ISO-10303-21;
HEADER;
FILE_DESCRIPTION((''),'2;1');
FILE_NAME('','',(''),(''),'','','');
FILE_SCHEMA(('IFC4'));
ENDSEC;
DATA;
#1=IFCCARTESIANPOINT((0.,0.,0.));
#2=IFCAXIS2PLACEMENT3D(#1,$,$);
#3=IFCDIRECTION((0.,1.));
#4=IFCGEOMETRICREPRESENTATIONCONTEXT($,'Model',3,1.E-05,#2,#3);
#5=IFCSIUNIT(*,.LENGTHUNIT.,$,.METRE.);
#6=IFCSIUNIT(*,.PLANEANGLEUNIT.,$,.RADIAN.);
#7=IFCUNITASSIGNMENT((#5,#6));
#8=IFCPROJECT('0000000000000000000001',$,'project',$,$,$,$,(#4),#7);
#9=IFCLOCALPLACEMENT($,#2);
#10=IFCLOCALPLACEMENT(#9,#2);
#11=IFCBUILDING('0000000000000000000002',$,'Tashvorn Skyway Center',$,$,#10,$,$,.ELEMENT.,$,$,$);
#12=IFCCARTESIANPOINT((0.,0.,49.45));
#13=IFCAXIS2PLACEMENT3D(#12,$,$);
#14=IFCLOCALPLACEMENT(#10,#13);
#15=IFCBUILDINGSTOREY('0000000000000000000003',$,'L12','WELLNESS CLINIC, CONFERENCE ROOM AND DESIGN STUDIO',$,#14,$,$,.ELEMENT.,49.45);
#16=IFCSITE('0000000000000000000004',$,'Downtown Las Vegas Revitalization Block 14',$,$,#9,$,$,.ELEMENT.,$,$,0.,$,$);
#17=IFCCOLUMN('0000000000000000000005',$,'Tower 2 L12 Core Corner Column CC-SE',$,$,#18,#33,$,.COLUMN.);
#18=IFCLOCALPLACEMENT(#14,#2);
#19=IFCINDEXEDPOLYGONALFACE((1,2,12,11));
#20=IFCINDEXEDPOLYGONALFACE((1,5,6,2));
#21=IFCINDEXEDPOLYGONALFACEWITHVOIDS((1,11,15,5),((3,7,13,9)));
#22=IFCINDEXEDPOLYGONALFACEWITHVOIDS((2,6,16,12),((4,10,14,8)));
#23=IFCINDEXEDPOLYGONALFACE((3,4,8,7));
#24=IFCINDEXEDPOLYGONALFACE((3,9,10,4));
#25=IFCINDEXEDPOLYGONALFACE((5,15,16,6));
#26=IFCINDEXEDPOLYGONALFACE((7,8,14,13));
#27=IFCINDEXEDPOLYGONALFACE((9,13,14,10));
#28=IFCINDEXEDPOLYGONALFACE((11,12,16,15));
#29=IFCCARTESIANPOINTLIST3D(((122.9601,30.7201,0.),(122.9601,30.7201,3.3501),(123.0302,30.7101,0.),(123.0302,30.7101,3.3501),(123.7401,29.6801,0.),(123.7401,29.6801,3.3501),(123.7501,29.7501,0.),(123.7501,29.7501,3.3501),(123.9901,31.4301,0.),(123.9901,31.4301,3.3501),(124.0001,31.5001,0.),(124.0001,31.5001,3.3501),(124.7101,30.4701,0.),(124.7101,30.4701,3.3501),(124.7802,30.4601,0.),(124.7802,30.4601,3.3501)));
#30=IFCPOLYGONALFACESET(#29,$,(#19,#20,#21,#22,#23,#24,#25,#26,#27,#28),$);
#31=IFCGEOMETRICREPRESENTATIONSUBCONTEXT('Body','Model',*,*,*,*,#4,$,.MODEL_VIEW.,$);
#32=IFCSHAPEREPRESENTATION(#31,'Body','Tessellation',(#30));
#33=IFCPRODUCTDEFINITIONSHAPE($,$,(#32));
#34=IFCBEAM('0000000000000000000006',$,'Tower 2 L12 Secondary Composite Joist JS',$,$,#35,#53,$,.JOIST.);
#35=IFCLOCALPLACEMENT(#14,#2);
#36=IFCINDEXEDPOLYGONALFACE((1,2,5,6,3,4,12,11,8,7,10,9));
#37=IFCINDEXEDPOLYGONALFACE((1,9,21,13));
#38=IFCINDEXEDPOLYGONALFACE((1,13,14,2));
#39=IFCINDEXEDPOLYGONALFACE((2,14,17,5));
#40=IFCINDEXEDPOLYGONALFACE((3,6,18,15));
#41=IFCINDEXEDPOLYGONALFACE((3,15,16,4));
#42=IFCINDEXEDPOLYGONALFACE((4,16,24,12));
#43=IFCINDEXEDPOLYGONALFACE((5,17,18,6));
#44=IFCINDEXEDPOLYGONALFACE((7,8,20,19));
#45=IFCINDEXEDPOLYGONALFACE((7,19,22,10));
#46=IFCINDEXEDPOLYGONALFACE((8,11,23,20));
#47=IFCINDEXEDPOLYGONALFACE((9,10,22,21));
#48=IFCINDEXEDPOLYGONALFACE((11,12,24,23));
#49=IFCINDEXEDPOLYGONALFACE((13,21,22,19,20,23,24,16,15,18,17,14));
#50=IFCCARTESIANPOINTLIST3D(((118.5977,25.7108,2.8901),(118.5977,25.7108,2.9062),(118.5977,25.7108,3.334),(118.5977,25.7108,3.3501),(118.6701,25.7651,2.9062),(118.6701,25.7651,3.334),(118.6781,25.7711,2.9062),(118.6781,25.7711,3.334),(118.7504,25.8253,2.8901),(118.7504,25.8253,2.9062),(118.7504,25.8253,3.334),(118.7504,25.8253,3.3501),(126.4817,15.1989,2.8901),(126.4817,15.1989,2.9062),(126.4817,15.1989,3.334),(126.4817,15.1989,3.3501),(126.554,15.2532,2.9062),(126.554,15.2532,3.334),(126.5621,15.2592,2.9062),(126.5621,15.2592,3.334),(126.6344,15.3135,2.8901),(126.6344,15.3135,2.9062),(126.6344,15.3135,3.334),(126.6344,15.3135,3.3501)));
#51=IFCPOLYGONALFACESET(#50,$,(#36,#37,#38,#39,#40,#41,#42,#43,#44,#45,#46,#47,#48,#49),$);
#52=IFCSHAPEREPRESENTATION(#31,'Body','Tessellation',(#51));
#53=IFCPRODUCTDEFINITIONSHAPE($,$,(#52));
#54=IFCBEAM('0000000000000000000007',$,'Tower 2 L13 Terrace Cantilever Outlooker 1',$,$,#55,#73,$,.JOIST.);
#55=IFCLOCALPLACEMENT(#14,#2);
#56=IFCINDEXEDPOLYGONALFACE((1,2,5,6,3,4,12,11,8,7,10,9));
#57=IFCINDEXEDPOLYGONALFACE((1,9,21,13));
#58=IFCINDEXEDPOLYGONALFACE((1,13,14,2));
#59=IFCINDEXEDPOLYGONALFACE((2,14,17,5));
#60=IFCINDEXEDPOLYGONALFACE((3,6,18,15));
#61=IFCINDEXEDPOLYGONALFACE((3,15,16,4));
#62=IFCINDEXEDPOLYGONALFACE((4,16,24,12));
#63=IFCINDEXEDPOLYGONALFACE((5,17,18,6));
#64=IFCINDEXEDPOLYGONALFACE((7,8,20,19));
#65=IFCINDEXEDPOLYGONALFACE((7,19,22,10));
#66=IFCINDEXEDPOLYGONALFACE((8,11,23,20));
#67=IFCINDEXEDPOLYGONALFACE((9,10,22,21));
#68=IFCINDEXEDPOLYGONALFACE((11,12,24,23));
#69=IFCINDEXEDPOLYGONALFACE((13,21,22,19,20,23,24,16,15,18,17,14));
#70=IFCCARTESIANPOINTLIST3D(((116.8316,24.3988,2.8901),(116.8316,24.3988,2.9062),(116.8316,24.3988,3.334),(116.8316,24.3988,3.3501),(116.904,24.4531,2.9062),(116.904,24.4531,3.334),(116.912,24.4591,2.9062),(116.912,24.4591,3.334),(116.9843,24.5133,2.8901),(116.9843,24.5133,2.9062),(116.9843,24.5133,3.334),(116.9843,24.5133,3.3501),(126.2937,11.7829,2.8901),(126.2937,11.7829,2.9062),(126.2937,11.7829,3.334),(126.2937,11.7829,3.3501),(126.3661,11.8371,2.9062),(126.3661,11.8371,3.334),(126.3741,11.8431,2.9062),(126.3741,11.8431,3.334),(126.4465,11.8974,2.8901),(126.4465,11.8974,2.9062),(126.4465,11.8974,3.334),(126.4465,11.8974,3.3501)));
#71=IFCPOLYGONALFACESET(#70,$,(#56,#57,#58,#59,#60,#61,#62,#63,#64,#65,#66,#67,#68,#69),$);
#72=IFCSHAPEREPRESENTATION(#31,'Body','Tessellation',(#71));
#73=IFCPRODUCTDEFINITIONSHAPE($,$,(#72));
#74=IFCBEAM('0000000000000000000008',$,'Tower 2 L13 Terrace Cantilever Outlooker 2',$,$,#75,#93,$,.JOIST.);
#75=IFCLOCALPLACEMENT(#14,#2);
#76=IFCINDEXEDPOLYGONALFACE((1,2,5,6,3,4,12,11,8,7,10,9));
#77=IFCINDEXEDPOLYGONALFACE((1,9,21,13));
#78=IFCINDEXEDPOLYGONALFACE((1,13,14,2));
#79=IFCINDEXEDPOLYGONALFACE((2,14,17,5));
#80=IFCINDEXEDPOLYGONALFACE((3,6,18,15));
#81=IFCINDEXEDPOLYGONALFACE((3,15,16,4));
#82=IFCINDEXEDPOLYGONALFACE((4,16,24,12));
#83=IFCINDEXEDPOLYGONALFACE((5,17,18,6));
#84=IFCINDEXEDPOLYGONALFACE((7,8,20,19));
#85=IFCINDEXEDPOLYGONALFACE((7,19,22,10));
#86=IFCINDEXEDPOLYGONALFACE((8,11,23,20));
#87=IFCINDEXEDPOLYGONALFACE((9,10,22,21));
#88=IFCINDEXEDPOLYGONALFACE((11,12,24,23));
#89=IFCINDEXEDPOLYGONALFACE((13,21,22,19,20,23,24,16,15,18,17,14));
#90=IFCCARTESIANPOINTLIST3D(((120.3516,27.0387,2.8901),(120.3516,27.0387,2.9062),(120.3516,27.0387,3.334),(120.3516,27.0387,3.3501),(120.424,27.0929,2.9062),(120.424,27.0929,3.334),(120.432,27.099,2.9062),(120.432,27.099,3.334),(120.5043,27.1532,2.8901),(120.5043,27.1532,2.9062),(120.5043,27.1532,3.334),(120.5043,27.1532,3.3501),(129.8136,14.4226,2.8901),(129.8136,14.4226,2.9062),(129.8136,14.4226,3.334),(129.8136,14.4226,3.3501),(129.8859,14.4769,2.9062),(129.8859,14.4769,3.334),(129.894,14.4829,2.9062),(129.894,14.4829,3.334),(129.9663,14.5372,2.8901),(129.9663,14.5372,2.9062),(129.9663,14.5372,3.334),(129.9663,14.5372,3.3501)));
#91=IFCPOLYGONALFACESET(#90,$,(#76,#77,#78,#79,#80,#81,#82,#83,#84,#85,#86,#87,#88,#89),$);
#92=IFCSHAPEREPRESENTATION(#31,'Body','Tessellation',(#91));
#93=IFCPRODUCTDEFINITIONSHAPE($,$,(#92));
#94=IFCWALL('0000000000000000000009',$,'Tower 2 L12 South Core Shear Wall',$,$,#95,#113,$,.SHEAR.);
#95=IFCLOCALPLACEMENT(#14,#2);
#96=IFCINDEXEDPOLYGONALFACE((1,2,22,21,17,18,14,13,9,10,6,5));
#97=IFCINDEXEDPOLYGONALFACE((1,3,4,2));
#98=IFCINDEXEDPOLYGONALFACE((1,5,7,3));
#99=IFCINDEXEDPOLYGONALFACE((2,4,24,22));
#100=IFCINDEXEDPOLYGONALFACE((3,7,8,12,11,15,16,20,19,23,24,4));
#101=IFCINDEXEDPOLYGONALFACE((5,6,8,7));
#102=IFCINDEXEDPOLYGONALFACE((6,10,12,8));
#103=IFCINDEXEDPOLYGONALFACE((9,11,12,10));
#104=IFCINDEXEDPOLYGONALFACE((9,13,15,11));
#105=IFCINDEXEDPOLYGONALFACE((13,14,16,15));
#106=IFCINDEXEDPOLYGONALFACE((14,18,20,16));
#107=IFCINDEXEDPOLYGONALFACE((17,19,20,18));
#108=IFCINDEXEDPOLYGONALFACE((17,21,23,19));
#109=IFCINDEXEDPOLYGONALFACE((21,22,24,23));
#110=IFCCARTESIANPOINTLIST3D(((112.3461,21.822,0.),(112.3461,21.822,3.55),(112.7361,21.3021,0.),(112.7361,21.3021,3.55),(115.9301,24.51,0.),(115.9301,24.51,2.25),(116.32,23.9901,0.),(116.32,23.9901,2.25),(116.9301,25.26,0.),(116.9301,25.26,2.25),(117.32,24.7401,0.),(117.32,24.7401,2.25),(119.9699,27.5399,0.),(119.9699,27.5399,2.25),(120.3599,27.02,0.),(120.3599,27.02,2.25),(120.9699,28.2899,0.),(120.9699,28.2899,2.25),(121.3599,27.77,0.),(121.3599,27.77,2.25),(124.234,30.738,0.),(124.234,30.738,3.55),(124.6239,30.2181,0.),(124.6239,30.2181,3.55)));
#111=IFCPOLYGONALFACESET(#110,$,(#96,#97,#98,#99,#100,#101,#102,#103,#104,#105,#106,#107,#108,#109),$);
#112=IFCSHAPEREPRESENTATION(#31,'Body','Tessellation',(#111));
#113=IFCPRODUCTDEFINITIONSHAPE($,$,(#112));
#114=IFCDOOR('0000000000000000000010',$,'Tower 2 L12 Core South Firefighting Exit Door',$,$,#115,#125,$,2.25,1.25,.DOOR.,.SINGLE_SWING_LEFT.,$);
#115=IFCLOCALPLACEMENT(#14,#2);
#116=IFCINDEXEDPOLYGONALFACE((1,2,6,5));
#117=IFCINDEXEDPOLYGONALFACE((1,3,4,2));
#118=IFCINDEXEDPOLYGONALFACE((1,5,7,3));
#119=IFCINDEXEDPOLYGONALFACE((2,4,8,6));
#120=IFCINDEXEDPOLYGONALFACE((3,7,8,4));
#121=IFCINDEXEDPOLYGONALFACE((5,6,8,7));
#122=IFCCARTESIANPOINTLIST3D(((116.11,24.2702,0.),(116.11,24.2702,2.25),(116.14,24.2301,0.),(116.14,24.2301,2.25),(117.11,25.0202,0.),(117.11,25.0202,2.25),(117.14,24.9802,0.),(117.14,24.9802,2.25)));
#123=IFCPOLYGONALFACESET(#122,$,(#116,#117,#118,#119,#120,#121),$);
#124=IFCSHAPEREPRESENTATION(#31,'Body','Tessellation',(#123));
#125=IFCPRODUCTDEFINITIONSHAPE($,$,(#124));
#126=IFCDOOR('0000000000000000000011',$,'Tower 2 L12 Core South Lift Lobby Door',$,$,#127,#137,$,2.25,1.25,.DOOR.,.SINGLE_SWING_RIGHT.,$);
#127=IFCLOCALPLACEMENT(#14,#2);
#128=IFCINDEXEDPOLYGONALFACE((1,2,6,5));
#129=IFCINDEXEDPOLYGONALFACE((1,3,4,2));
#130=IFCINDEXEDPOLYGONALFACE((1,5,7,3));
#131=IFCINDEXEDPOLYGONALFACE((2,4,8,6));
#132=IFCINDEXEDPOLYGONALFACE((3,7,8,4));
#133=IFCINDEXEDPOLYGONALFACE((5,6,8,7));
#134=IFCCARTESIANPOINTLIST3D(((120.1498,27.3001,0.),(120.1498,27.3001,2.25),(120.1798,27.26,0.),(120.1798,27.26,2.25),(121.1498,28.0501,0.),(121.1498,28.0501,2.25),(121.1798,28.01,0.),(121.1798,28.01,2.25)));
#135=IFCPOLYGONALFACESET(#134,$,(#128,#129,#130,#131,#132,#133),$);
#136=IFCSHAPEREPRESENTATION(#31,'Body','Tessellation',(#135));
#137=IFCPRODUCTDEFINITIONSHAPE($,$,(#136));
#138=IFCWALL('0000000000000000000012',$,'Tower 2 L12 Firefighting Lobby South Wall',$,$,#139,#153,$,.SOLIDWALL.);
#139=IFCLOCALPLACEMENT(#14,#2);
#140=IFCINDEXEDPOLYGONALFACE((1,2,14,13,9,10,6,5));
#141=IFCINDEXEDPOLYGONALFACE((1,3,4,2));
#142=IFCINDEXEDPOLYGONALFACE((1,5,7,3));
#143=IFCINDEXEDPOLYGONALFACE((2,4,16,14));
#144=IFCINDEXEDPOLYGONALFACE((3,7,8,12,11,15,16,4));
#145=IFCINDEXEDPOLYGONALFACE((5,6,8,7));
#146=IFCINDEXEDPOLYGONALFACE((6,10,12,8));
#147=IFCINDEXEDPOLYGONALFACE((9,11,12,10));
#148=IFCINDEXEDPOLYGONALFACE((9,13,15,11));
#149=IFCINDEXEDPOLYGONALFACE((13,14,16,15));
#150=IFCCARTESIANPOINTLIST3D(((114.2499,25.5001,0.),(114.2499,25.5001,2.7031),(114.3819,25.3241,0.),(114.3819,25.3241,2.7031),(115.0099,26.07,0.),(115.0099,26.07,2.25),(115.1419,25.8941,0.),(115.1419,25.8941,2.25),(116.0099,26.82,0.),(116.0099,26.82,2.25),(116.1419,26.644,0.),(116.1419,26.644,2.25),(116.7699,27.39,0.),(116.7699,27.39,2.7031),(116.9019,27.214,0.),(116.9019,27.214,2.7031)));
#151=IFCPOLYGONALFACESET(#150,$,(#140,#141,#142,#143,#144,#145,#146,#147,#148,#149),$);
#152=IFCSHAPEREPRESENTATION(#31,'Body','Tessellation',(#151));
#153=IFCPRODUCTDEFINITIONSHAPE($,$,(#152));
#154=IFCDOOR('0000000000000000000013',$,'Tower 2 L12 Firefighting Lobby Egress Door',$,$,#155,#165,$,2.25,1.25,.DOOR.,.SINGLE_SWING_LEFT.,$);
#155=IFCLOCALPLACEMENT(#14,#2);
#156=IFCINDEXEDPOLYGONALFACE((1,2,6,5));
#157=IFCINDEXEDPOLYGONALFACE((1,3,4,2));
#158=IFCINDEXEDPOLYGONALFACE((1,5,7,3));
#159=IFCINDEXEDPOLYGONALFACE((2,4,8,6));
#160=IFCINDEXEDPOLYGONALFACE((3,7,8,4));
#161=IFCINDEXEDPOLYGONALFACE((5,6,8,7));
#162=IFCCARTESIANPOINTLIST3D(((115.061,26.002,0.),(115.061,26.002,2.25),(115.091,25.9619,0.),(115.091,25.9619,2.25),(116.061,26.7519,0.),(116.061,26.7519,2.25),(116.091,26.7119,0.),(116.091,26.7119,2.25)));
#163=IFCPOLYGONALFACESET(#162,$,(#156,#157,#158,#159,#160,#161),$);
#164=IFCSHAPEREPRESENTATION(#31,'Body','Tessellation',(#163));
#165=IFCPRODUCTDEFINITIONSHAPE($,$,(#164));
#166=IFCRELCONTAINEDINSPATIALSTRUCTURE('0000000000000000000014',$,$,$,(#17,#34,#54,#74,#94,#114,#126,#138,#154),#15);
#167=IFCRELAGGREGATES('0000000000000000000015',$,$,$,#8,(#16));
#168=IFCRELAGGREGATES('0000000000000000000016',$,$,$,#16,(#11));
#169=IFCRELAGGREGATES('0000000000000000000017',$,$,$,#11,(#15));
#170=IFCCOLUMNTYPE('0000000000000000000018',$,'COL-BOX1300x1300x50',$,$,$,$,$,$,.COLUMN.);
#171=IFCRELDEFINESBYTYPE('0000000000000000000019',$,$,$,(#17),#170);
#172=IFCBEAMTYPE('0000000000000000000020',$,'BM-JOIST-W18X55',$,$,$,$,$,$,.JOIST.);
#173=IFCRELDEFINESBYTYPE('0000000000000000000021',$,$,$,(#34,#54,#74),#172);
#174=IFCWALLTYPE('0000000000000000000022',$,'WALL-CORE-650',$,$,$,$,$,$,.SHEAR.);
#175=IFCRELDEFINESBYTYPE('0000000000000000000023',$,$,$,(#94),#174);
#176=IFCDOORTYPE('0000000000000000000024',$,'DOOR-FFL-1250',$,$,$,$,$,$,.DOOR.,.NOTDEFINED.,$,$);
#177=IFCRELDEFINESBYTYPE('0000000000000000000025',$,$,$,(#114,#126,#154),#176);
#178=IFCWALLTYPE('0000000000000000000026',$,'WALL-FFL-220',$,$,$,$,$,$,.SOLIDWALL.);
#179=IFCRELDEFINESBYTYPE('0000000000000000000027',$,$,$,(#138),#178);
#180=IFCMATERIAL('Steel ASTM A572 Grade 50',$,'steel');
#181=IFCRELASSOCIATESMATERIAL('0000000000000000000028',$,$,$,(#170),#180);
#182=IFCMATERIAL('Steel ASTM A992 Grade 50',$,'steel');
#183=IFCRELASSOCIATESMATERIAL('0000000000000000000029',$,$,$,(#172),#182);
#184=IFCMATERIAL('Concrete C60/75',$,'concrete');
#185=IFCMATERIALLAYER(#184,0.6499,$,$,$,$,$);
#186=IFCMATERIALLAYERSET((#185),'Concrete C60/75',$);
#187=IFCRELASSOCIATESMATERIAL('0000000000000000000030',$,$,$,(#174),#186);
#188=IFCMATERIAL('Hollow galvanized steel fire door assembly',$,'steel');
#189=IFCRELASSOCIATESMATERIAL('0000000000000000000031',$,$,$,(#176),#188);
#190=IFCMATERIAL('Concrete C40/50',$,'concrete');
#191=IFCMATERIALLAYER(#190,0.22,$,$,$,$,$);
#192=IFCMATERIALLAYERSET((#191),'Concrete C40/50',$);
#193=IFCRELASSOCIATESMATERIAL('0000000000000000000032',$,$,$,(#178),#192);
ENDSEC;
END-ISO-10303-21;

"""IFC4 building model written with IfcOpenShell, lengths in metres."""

from ifc_helpers import new_model, si_unit, direction, frame, frame_2d, origin, origin_2d, place, context, subcontext, project, spatial, rectangle, hollow_rectangle, i_section, extrude, material, layer, layer_set, material_profile, profile_set, type_object, element, fill, save


model = new_model("IFC4")

# Units and contexts
model_context = context("Model", 3, precision=1e-05, world=origin(), true_north=direction((0.0, 1.0)))
body_context = subcontext(model_context, "Body", "Model", "MODEL_VIEW")
ifc_project = project(units=[si_unit("LENGTHUNIT", "METRE"), si_unit("PLANEANGLEUNIT", "RADIAN")], contexts=[model_context])

# Site, building, storey
site_placement = place(None, origin())
site = spatial("IfcSite", under=ifc_project, at=site_placement, Name="Downtown Las Vegas Revitalization Block 14", CompositionType="ELEMENT", RefElevation=0.0)
building_placement = place(site_placement, origin())
building = spatial("IfcBuilding", under=site, at=building_placement, Name="Tashvorn Skyway Center", CompositionType="ELEMENT")
storey_placement = place(building_placement, frame((0.0, 0.0, 49.45)))
storey = spatial("IfcBuildingStorey", under=building, at=storey_placement, Name="L12", Description="WELLNESS CLINIC, CONFERENCE ROOM AND DESIGN STUDIO", CompositionType="ELEMENT", Elevation=49.45)

# Column
ifc_material_1 = material(Name="Steel ASTM A572 Grade 50", Category="steel")
ifc_material_profile_1 = material_profile(ifc_material_1, hollow_rectangle(XDim=1.3, YDim=1.3, WallThickness=0.05, at=origin_2d()), Name="BOX1300x1300x50")
ifc_profile_set_1 = profile_set([ifc_material_profile_1], Name="Steel ASTM A572 Grade 50")
column_type = type_object("IfcColumnType", Name="COL-BOX1300x1300x50", PredefinedType="COLUMN", material=ifc_profile_set_1)
column_placement = place(storey_placement, frame((123.8701, 30.5901, 0.0), z_axis=(0.0, 0.0, 1.0), x_axis=(0.8, 0.6, 0.0)))
element("IfcColumn", 1, at=column_placement, inside=storey, type_object=column_type, Name="Tower 2 L12 Core Corner Column CC-SE", PredefinedType="COLUMN", context=body_context, shape_type="SweptSolid", body=[
    extrude(hollow_rectangle(XDim=1.3, YDim=1.3, WallThickness=0.05, at=origin_2d()), origin(), (0.0, 0.0, 1.0), 3.3501),
])

# Beams
ifc_material_2 = material(Name="Steel ASTM A992 Grade 50", Category="steel")
ifc_material_profile_2 = material_profile(ifc_material_2, i_section(OverallWidth=0.1909, OverallDepth=0.46, WebThickness=0.01, FlangeThickness=0.0161, at=origin_2d()), Name="W18X55")
ifc_profile_set_2 = profile_set([ifc_material_profile_2], Name="Steel ASTM A992 Grade 50")
beam_type = type_object("IfcBeamType", Name="BM-JOIST-W18X55", PredefinedType="JOIST", material=ifc_profile_set_2)
beam_placement = place(storey_placement, frame((118.6741, 25.7681, 3.1201), z_axis=(0.600003, -0.799998, 0.0), x_axis=(0.799998, 0.600003, 0.0)))
element("IfcBeam", 2, at=beam_placement, inside=storey, type_object=beam_type, Name="Tower 2 L12 Secondary Composite Joist JS", PredefinedType="JOIST", context=body_context, shape_type="SweptSolid", body=[
    extrude(i_section(OverallWidth=0.1909, OverallDepth=0.46, WebThickness=0.01, FlangeThickness=0.0161, at=origin_2d()), origin(), (0.0, 0.0, 1.0), 13.1399),
])
for number, where, z_axis, x_axis, name in (
    (3, (116.908, 24.4561, 3.1201), (0.600007, -0.799994, 0.0), (0.799994, 0.600007, 0.0), "Tower 2 L13 Terrace Cantilever Outlooker 1"),
    (4, (120.428, 27.0959, 3.1201), (0.599998, -0.800002, 0.0), (0.800002, 0.599998, 0.0), "Tower 2 L13 Terrace Cantilever Outlooker 2"),
):
    element("IfcBeam", number, at=place(storey_placement, frame(where, z_axis=z_axis, x_axis=x_axis)), inside=storey, type_object=beam_type, Name=name, PredefinedType="JOIST", context=body_context, shape_type="SweptSolid", body=[
        extrude(i_section(OverallWidth=0.1909, OverallDepth=0.46, WebThickness=0.01, FlangeThickness=0.0161, at=origin_2d()), origin(), (0.0, 0.0, 1.0), 15.77),
    ])

# Wall, openings, doors
ifc_material_3 = material(Name="Concrete C60/75", Category="concrete")
ifc_layer_1 = layer(ifc_material_3, 0.6499)
ifc_layer_set_1 = layer_set([ifc_layer_1], Name="Concrete C60/75")
wall_type_1 = type_object("IfcWallType", Name="WALL-CORE-650", PredefinedType="SHEAR", material=ifc_layer_set_1)
wall_1_placement = place(storey_placement, frame((124.429, 30.478, 0.0), z_axis=(0.0, 0.0, 1.0), x_axis=(-0.799998, -0.600003, 0.0)))
wall_1 = element("IfcWall", 5, at=wall_1_placement, inside=storey, type_object=wall_type_1, Name="Tower 2 L12 South Core Shear Wall", PredefinedType="SHEAR", context=body_context, shape_type="SweptSolid", body=[
    extrude(rectangle(XDim=14.8599, YDim=0.6499, at=frame_2d((7.4299, 0.0))), origin(), (0.0, 0.0, 1.0), 3.55),
])
opening_1_placement = place(wall_1_placement, frame((9.1299, 0.0, 0.0)))
opening_1 = element("IfcOpeningElement", 6, at=opening_1_placement, cuts=wall_1, PredefinedType="OPENING", context=body_context, shape_type="SweptSolid", body=[
    extrude(rectangle(XDim=1.25, YDim=2.25, at=frame_2d((0.625, 1.125))), frame((0.0, 0.335, 0.0), z_axis=(0.0, -1.0, 0.0), x_axis=(1.0, 0.0, 0.0)), (0.0, 0.0, 1.0), 0.6699),
])
opening_2_placement = place(wall_1_placement, frame((4.0801, 0.0, 0.0)))
opening_2 = element("IfcOpeningElement", 7, at=opening_2_placement, cuts=wall_1, PredefinedType="OPENING", context=body_context, shape_type="SweptSolid", body=[
    extrude(rectangle(XDim=1.25, YDim=2.25, at=frame_2d((0.625, 1.125))), frame((0.0, 0.335, 0.0), z_axis=(0.0, -1.0, 0.0), x_axis=(1.0, 0.0, 0.0)), (0.0, 0.0, 1.0), 0.6699),
])
ifc_material_4 = material(Name="Hollow galvanized steel fire door assembly", Category="steel")
door_type_1 = type_object("IfcDoorType", Name="DOOR-FFL-1250", OperationType="NOTDEFINED", PredefinedType="DOOR", material=ifc_material_4)
door_1_placement = place(opening_1_placement, origin())
door_1 = element("IfcDoor", 8, at=door_1_placement, inside=storey, type_object=door_type_1, Name="Tower 2 L12 Core South Firefighting Exit Door", OperationType="SINGLE_SWING_LEFT", OverallHeight=2.25, OverallWidth=1.25, PredefinedType="DOOR", context=body_context, shape_type="SweptSolid", body=[
    extrude(rectangle(XDim=1.25, YDim=2.25, at=frame_2d((0.625, 1.125))), frame((0.0, 0.0249, 0.0), z_axis=(0.0, -1.0, 0.0), x_axis=(1.0, 0.0, 0.0)), (0.0, 0.0, 1.0), 0.05),
])
fill(opening_1, door_1)
door_2_placement = place(opening_2_placement, origin())
door_2 = element("IfcDoor", 9, at=door_2_placement, inside=storey, type_object=door_type_1, Name="Tower 2 L12 Core South Lift Lobby Door", OperationType="SINGLE_SWING_RIGHT", OverallHeight=2.25, OverallWidth=1.25, PredefinedType="DOOR", context=body_context, shape_type="SweptSolid", body=[
    extrude(rectangle(XDim=1.25, YDim=2.25, at=frame_2d((0.625, 1.125))), frame((0.0, 0.0249, 0.0), z_axis=(0.0, -1.0, 0.0), x_axis=(1.0, 0.0, 0.0)), (0.0, 0.0, 1.0), 0.05),
])
fill(opening_2, door_2)

# Wall, opening, door
ifc_material_5 = material(Name="Concrete C40/50", Category="concrete")
ifc_layer_2 = layer(ifc_material_5, 0.22)
ifc_layer_set_2 = layer_set([ifc_layer_2], Name="Concrete C40/50")
wall_type_2 = type_object("IfcWallType", Name="WALL-FFL-220", PredefinedType="SOLIDWALL", material=ifc_layer_set_2)
wall_2_placement = place(storey_placement, frame((114.3159, 25.4121, 0.0), z_axis=(0.0, 0.0, 1.0), x_axis=(0.800019, 0.599975, 0.0)))
wall_2 = element("IfcWall", 10, at=wall_2_placement, inside=storey, type_object=wall_type_2, Name="Tower 2 L12 Firefighting Lobby South Wall", PredefinedType="SOLIDWALL", context=body_context, shape_type="SweptSolid", body=[
    extrude(rectangle(XDim=3.1499, YDim=0.22, at=frame_2d((1.575, 0.0))), origin(), (0.0, 0.0, 1.0), 2.7031),
])
opening_3_placement = place(wall_2_placement, frame((0.95, 0.0, 0.0)))
opening_3 = element("IfcOpeningElement", 11, at=opening_3_placement, cuts=wall_2, PredefinedType="OPENING", context=body_context, shape_type="SweptSolid", body=[
    extrude(rectangle(XDim=1.25, YDim=2.25, at=frame_2d((0.625, 1.125))), frame((0.0, 0.1199, 0.0), z_axis=(0.0, -1.0, 0.0), x_axis=(1.0, 0.0, 0.0)), (0.0, 0.0, 1.0), 0.24),
])
door_3_placement = place(opening_3_placement, origin())
door_3 = element("IfcDoor", 12, at=door_3_placement, inside=storey, type_object=door_type_1, Name="Tower 2 L12 Firefighting Lobby Egress Door", OperationType="SINGLE_SWING_LEFT", OverallHeight=2.25, OverallWidth=1.25, PredefinedType="DOOR", context=body_context, shape_type="SweptSolid", body=[
    extrude(rectangle(XDim=1.25, YDim=2.25, at=frame_2d((0.625, 1.125))), frame((0.0, 0.0249, 0.0), z_axis=(0.0, -1.0, 0.0), x_axis=(1.0, 0.0, 0.0)), (0.0, 0.0, 1.0), 0.05),
])
fill(opening_3, door_3)

save(model, "model.ifc")
